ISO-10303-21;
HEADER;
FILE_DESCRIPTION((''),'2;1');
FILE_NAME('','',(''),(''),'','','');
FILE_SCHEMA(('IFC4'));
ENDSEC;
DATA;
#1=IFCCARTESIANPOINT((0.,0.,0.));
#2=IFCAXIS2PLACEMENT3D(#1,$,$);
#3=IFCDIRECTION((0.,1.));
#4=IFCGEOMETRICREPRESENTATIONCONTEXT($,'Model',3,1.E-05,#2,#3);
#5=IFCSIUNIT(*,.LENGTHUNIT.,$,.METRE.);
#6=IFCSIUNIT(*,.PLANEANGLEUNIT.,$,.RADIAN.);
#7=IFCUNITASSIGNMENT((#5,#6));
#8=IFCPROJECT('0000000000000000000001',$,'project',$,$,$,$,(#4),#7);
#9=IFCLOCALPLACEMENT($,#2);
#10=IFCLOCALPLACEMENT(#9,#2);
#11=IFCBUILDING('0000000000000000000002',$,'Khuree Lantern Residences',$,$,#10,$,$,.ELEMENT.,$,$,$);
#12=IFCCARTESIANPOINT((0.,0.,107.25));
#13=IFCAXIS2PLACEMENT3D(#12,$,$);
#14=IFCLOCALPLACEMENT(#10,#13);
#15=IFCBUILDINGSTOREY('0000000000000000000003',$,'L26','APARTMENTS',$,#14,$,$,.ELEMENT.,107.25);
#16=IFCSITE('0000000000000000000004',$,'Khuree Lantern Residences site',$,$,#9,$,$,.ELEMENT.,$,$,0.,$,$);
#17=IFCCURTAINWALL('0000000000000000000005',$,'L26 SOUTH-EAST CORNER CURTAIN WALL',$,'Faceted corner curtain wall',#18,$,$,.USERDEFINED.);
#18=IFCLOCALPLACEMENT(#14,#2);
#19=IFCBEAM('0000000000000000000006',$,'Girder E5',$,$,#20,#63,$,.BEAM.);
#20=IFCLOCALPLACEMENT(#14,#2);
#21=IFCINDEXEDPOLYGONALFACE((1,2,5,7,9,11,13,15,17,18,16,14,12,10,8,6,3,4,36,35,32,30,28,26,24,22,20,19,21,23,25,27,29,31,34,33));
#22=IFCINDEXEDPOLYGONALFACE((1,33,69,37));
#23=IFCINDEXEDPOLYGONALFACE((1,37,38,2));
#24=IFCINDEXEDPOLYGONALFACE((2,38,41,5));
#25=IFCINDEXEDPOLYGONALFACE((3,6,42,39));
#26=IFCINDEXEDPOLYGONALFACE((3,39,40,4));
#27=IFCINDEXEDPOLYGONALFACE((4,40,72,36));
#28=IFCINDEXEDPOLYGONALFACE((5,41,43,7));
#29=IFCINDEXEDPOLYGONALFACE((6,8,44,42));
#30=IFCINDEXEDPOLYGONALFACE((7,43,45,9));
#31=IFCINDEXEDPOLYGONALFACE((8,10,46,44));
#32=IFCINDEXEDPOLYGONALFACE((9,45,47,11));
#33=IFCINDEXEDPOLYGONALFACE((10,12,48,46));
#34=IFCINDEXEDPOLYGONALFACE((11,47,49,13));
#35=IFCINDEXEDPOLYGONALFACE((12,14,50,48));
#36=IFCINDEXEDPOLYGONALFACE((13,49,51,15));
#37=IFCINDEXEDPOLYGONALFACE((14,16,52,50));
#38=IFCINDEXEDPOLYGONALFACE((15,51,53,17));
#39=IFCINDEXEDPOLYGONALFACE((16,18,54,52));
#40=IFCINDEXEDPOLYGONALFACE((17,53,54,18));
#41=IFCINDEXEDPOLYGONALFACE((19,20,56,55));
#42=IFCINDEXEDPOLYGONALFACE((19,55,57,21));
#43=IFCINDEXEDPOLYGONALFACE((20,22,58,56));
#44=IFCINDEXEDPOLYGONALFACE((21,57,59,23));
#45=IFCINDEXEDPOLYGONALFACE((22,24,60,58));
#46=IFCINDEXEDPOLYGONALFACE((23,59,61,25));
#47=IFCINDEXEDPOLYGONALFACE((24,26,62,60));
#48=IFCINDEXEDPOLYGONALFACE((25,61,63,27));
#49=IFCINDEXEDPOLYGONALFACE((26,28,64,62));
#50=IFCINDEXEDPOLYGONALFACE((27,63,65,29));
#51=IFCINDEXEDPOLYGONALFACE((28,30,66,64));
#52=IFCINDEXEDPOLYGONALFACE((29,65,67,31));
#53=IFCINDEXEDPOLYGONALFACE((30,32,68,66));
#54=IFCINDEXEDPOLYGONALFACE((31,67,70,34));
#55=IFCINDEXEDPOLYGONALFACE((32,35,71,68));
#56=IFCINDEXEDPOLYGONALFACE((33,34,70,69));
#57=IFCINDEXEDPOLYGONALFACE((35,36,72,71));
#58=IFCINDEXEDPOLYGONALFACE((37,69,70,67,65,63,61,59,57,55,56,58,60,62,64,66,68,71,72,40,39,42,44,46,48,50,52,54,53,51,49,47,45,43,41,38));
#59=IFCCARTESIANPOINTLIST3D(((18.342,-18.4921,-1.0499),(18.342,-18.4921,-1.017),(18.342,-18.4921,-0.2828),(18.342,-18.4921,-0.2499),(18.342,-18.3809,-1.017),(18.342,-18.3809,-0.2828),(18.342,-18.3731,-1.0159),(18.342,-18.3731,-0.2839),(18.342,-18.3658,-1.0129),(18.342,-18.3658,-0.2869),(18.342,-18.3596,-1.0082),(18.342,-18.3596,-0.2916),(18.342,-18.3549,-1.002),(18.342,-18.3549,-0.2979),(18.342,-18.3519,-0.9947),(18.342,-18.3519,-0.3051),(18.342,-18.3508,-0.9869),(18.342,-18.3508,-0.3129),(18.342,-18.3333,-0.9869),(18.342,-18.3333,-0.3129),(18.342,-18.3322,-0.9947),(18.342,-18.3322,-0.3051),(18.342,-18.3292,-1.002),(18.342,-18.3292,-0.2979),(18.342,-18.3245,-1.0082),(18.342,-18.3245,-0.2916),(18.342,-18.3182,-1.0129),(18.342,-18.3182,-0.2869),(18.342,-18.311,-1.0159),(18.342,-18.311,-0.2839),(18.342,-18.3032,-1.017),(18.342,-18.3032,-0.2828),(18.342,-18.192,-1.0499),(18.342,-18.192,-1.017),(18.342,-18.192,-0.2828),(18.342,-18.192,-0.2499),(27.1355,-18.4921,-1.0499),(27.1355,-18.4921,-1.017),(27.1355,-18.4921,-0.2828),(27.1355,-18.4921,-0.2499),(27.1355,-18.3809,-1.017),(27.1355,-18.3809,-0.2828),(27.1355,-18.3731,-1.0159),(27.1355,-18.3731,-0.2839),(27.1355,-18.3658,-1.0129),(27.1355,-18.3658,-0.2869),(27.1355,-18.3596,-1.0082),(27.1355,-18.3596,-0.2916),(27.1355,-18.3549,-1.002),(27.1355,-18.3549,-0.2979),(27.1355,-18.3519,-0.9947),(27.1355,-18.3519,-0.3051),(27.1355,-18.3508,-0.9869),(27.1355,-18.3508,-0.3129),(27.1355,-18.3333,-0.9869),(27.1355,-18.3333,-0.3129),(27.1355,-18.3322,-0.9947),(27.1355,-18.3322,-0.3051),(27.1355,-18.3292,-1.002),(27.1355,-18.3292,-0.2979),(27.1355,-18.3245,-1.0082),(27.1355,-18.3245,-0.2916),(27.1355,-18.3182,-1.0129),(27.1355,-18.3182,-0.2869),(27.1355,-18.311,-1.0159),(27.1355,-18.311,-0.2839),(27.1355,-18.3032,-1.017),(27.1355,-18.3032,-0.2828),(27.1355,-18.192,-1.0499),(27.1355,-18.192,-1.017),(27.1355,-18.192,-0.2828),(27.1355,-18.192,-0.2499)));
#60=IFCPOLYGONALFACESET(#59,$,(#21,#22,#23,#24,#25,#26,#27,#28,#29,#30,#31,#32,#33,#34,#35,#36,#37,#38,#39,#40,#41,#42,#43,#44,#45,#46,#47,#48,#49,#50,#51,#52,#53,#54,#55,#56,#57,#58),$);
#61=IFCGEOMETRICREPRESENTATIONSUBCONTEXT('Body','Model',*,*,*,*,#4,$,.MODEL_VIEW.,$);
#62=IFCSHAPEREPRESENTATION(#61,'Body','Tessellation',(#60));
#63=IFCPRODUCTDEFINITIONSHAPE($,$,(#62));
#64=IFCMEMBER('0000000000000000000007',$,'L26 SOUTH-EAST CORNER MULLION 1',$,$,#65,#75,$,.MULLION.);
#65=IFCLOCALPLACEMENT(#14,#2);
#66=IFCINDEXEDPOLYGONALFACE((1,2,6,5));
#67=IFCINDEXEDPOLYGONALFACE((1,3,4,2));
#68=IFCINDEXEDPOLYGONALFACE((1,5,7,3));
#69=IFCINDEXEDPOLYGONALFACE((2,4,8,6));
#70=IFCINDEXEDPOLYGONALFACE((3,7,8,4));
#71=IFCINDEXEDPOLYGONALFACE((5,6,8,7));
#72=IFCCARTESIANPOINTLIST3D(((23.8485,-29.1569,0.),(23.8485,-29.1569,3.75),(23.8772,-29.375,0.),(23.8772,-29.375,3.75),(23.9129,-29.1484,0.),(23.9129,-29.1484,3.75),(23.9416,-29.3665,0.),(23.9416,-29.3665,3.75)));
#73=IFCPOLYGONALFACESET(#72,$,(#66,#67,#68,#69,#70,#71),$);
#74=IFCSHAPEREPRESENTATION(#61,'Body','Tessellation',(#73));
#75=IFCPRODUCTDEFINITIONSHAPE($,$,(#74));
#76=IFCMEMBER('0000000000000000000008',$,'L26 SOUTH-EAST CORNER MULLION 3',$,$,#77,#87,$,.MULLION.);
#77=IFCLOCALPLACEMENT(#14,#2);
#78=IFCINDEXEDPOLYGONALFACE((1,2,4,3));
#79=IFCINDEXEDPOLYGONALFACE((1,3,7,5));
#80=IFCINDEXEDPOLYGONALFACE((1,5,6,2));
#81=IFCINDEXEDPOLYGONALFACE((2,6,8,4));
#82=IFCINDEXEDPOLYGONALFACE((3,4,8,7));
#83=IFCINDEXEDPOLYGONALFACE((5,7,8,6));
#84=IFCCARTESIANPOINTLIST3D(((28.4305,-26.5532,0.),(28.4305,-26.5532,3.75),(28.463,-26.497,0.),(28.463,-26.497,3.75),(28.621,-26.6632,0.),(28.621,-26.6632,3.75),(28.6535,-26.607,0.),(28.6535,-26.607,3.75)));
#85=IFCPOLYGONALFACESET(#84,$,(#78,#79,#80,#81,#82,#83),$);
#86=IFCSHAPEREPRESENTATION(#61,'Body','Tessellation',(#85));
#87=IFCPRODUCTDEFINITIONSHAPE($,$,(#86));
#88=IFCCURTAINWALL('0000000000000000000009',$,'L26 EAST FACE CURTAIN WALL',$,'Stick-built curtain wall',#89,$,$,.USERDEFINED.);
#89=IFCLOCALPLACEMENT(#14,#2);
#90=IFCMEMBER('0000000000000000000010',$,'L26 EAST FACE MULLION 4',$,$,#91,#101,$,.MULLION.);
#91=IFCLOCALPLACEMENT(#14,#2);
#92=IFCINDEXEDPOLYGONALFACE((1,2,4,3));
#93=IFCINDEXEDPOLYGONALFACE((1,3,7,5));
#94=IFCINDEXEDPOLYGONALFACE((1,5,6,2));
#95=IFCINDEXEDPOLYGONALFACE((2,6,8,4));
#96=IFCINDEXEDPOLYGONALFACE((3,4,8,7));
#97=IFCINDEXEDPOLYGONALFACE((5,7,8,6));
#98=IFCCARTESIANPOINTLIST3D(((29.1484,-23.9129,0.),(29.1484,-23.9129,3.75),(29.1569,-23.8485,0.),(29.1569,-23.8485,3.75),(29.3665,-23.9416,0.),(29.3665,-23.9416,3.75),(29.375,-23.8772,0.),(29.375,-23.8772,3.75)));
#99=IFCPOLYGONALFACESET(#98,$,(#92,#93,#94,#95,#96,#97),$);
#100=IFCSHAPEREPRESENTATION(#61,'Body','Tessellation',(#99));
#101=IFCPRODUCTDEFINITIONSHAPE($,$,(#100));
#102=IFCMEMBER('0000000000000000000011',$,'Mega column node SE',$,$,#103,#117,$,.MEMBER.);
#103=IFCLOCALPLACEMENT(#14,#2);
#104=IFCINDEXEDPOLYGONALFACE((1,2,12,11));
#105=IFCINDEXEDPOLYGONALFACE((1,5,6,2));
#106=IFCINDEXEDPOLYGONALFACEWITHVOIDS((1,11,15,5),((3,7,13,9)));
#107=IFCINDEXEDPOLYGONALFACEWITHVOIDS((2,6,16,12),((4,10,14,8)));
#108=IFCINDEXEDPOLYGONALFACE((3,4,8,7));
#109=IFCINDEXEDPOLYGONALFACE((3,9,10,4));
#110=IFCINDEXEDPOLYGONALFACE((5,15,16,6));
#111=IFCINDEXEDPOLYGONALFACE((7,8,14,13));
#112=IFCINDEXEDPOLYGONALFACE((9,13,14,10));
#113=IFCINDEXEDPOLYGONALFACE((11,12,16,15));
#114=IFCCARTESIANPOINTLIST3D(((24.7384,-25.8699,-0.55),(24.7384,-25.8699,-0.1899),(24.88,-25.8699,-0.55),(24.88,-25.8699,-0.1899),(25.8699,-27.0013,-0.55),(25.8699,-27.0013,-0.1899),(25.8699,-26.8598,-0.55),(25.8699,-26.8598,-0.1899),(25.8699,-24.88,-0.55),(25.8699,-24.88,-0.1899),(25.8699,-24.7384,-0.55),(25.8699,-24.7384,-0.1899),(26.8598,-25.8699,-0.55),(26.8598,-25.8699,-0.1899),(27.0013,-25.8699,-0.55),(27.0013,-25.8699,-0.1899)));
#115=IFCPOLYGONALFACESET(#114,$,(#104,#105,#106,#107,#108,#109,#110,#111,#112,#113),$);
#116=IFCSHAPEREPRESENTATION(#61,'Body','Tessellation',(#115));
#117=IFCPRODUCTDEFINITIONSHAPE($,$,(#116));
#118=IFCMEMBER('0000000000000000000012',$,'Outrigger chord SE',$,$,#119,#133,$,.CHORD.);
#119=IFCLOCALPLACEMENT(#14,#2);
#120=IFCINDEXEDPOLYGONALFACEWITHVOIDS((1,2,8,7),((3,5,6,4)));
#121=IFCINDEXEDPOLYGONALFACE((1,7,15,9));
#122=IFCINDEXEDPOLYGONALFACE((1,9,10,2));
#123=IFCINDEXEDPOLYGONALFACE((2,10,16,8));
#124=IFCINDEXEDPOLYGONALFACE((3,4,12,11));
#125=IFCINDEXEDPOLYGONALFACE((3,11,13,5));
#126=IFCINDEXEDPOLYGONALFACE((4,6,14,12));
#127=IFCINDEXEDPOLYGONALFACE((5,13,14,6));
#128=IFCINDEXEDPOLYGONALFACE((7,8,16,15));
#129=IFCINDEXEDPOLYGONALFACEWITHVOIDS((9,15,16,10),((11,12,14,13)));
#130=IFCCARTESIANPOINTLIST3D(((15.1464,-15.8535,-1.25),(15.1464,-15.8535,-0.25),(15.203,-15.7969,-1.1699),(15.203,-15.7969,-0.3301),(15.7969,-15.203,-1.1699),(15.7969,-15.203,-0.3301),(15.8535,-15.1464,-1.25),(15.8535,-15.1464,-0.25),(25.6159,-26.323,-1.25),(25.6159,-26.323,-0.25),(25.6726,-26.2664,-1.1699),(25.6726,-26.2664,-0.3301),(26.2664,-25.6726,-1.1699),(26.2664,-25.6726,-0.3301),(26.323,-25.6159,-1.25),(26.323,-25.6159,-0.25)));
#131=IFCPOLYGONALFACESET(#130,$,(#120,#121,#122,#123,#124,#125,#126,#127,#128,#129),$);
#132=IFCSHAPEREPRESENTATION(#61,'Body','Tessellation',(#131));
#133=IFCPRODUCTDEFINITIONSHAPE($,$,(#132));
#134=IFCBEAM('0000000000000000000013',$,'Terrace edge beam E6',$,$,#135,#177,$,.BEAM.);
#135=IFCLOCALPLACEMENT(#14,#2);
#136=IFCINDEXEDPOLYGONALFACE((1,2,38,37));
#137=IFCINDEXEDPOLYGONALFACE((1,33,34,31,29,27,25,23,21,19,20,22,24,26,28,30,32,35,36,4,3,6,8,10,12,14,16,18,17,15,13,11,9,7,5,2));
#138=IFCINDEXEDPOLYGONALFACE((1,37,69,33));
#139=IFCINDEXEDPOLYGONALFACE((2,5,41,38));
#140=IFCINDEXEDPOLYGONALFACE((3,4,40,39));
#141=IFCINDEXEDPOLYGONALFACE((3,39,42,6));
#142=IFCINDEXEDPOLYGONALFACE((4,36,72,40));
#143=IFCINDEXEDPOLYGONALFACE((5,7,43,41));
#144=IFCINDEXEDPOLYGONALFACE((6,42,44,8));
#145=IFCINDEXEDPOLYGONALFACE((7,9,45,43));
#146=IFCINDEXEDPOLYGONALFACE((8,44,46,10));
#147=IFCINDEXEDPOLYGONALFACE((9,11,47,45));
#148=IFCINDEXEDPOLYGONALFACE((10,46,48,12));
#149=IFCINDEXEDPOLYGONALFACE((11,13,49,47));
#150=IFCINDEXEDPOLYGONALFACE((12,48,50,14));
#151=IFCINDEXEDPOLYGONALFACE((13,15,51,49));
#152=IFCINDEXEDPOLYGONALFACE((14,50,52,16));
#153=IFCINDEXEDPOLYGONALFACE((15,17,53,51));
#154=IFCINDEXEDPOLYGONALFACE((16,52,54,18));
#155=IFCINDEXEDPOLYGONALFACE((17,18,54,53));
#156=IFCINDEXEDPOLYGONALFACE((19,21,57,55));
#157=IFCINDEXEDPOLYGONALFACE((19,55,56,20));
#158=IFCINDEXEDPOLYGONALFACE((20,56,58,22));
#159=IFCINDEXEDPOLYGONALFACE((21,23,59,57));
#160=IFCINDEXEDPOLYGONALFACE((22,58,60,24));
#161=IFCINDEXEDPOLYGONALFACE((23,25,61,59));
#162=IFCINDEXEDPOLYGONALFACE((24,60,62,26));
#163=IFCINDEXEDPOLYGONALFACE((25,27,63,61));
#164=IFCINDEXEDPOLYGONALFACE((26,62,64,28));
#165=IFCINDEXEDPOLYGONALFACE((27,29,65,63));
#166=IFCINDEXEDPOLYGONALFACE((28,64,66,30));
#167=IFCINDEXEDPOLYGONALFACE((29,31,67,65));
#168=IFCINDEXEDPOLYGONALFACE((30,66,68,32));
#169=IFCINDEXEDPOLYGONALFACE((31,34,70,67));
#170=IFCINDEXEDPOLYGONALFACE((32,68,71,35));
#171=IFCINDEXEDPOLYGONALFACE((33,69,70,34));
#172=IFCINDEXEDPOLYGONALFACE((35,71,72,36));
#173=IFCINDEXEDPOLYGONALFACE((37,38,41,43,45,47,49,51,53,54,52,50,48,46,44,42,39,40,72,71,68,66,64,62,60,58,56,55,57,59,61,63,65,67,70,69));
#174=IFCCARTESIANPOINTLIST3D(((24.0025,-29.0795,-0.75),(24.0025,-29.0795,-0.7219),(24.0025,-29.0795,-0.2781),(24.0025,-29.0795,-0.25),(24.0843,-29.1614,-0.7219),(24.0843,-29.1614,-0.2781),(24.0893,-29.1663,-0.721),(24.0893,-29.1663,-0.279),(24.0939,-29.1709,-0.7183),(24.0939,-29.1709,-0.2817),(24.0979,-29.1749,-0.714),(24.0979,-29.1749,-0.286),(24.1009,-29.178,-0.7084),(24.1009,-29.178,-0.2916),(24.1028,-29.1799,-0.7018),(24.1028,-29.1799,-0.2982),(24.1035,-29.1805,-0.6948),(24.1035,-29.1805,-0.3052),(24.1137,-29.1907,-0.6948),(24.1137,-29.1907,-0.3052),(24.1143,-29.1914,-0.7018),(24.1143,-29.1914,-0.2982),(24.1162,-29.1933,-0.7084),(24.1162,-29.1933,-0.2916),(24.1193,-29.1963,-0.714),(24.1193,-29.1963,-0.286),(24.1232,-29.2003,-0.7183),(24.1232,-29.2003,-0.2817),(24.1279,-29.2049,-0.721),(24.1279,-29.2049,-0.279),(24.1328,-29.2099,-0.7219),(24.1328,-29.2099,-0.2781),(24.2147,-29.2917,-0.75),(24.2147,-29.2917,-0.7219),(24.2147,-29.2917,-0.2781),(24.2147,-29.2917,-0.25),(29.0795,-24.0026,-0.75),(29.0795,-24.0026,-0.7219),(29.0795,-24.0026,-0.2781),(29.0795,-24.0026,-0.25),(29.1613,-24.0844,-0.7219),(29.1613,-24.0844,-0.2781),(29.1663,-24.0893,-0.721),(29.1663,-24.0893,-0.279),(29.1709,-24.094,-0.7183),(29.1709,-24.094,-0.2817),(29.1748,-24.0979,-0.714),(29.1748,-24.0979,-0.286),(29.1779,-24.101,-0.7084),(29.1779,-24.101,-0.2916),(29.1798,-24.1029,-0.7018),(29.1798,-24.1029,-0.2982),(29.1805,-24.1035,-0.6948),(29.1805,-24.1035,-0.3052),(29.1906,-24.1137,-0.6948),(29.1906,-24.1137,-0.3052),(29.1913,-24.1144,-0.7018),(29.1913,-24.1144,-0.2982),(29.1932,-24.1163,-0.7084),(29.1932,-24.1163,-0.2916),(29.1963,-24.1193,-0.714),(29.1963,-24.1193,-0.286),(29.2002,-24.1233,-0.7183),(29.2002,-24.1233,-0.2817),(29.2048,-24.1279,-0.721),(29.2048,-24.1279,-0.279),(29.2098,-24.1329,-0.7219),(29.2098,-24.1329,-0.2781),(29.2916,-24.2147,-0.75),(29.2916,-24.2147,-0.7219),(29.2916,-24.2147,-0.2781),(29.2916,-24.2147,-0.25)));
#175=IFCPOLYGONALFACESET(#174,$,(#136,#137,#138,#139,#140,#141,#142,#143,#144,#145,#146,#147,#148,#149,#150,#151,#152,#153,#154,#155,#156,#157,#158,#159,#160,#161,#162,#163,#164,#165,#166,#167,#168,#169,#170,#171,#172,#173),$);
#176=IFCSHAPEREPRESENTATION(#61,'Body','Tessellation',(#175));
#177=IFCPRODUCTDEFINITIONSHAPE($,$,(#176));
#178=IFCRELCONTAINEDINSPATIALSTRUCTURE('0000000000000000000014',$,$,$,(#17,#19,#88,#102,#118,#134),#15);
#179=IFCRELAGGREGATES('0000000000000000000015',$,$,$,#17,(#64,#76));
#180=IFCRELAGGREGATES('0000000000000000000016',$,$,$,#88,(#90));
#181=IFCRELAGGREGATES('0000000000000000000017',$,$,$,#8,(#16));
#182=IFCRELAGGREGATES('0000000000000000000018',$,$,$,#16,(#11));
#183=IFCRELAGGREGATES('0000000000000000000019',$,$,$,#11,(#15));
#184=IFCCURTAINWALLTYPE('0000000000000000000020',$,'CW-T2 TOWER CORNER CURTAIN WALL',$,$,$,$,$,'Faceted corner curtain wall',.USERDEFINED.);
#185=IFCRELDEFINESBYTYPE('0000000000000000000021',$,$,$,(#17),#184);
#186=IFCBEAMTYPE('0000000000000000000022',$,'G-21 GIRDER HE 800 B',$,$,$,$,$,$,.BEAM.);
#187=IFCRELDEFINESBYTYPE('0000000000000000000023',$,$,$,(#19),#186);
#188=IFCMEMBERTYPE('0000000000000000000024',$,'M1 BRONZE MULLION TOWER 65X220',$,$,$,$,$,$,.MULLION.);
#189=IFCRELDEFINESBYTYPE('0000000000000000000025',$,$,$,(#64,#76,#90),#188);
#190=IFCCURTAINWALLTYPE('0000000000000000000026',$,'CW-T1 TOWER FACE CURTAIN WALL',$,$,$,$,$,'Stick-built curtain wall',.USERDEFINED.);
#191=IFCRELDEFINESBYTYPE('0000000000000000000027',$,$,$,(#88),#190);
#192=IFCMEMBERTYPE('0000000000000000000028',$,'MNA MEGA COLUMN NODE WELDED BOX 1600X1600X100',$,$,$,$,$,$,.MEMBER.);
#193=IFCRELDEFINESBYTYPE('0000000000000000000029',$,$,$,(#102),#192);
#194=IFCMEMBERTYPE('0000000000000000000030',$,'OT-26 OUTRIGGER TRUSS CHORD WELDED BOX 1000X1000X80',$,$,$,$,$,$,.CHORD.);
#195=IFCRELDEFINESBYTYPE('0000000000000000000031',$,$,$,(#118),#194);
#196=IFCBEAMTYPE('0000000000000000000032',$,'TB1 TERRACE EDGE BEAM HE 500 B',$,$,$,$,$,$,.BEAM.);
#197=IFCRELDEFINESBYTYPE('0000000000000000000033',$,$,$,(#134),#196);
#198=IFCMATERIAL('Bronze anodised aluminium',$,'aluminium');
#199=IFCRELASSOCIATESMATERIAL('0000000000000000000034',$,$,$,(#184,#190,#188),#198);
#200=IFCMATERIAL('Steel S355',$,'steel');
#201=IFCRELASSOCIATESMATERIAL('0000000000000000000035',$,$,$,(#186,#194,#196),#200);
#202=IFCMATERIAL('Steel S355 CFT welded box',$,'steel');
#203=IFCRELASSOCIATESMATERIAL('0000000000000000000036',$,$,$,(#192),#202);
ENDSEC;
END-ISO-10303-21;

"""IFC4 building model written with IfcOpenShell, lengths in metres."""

from ifc_helpers import new_model, si_unit, direction, frame, origin, origin_2d, place, context, subcontext, project, spatial, rectangle, hollow_rectangle, i_section, extrude, material, material_profile, profile_set, type_object, element, aggregate, save


model = new_model("IFC4")

# Units and contexts
model_context = context("Model", 3, precision=1e-05, world=origin(), true_north=direction((0.0, 1.0)))
body_context = subcontext(model_context, "Body", "Model", "MODEL_VIEW")
ifc_project = project(units=[si_unit("LENGTHUNIT", "METRE"), si_unit("PLANEANGLEUNIT", "RADIAN")], contexts=[model_context])

# Site, building, storey
site_placement = place(None, origin())
site = spatial("IfcSite", under=ifc_project, at=site_placement, Name="Khuree Lantern Residences site", CompositionType="ELEMENT", RefElevation=0.0)
building_placement = place(site_placement, origin())
building = spatial("IfcBuilding", under=site, at=building_placement, Name="Khuree Lantern Residences", CompositionType="ELEMENT")
storey_placement = place(building_placement, frame((0.0, 0.0, 107.25)))
storey = spatial("IfcBuildingStorey", under=building, at=storey_placement, Name="L26", Description="APARTMENTS", CompositionType="ELEMENT", Elevation=107.25)

# Shared definitions
ifc_material_1 = material(Name="Steel S355 CFT welded box", Category="steel")

# Shared definitions
ifc_material_2 = material(Name="Steel S355", Category="steel")

# Curtain wall
ifc_material_3 = material(Name="Bronze anodised aluminium", Category="aluminium")
curtain_wall_type_1 = type_object("IfcCurtainWallType", Name="CW-T2 TOWER CORNER CURTAIN WALL", ElementType="Faceted corner curtain wall", PredefinedType="USERDEFINED", material=ifc_material_3)
curtain_wall_1_placement = place(storey_placement, origin())
curtain_wall_1 = element("IfcCurtainWall", 1, at=curtain_wall_1_placement, inside=storey, type_object=curtain_wall_type_1, Name="L26 SOUTH-EAST CORNER CURTAIN WALL", ObjectType="Faceted corner curtain wall", PredefinedType="USERDEFINED")

# Beam
ifc_material_profile_1 = material_profile(ifc_material_2, i_section(OverallWidth=0.3, OverallDepth=0.8, WebThickness=0.0176, FlangeThickness=0.033, FilletRadius=0.03, at=origin_2d()), Name="HE 800 B")
ifc_profile_set_1 = profile_set([ifc_material_profile_1], Name="Steel S355")
beam_type_1 = type_object("IfcBeamType", Name="G-21 GIRDER HE 800 B", PredefinedType="BEAM", material=ifc_profile_set_1)
beam_1_placement = place(storey_placement, frame((27.1355, -18.342, -0.6499), z_axis=(-1.0, 0.0, 0.0), x_axis=(0.0, -1.0, 0.0)))
element("IfcBeam", 2, at=beam_1_placement, inside=storey, type_object=beam_type_1, Name="Girder E5", PredefinedType="BEAM", context=body_context, shape_type="SweptSolid", body=[
    extrude(i_section(OverallWidth=0.3, OverallDepth=0.8, WebThickness=0.0176, FlangeThickness=0.033, FilletRadius=0.03, at=origin_2d()), origin(), (0.0, 0.0, 1.0), 8.7935),
])

# Members
ifc_material_profile_2 = material_profile(ifc_material_3, rectangle(XDim=0.0649, YDim=0.22, at=origin_2d()), Name="M1 65X220")
ifc_profile_set_2 = profile_set([ifc_material_profile_2], Name="Bronze anodised aluminium")
member_type_1 = type_object("IfcMemberType", Name="M1 BRONZE MULLION TOWER 65X220", PredefinedType="MULLION", material=ifc_profile_set_2)
member_1_placement = place(storey_placement, frame((23.895, -29.2617, 0.0), z_axis=(0.0, 0.0, 1.0), x_axis=(0.991445, 0.130526, 0.0)))
member_1 = element("IfcMember", 3, at=member_1_placement, type_object=member_type_1, Name="L26 SOUTH-EAST CORNER MULLION 1", PredefinedType="MULLION", context=body_context, shape_type="SweptSolid", body=[
    extrude(rectangle(XDim=0.0649, YDim=0.22, at=origin_2d()), origin(), (0.0, 0.0, 1.0), 3.75),
])
member_2_placement = place(storey_placement, frame((28.542, -26.5801, 0.0), z_axis=(0.0, 0.0, 1.0), x_axis=(0.5, 0.866025, 0.0)))
member_2 = element("IfcMember", 4, at=member_2_placement, type_object=member_type_1, Name="L26 SOUTH-EAST CORNER MULLION 3", PredefinedType="MULLION", context=body_context, shape_type="SweptSolid", body=[
    extrude(rectangle(XDim=0.0649, YDim=0.22, at=origin_2d()), origin(), (0.0, 0.0, 1.0), 3.75),
])

# Curtain wall, member
curtain_wall_type_2 = type_object("IfcCurtainWallType", Name="CW-T1 TOWER FACE CURTAIN WALL", ElementType="Stick-built curtain wall", PredefinedType="USERDEFINED", material=ifc_material_3)
curtain_wall_2_placement = place(storey_placement, origin())
curtain_wall_2 = element("IfcCurtainWall", 5, at=curtain_wall_2_placement, inside=storey, type_object=curtain_wall_type_2, Name="L26 EAST FACE CURTAIN WALL", ObjectType="Stick-built curtain wall", PredefinedType="USERDEFINED")
member_3_placement = place(storey_placement, frame((29.2617, -23.895, 0.0), z_axis=(0.0, 0.0, 1.0), x_axis=(0.130526, 0.991445, 0.0)))
member_3 = element("IfcMember", 6, at=member_3_placement, type_object=member_type_1, Name="L26 EAST FACE MULLION 4", PredefinedType="MULLION", context=body_context, shape_type="SweptSolid", body=[
    extrude(rectangle(XDim=0.0649, YDim=0.22, at=origin_2d()), origin(), (0.0, 0.0, 1.0), 3.75),
])

# Members
ifc_material_profile_3 = material_profile(ifc_material_1, hollow_rectangle(XDim=1.6001, YDim=1.6001, WallThickness=0.1001, at=origin_2d()), Name="WELDED BOX 1600X1600X100")
ifc_profile_set_3 = profile_set([ifc_material_profile_3], Name="Steel S355 CFT welded box")
member_type_2 = type_object("IfcMemberType", Name="MNA MEGA COLUMN NODE WELDED BOX 1600X1600X100", PredefinedType="MEMBER", material=ifc_profile_set_3)
member_4_placement = place(storey_placement, frame((25.8699, -25.8699, -0.55), z_axis=(0.0, 0.0, 1.0), x_axis=(0.707107, 0.707107, 0.0)))
element("IfcMember", 7, at=member_4_placement, inside=storey, type_object=member_type_2, Name="Mega column node SE", PredefinedType="MEMBER", context=body_context, shape_type="SweptSolid", body=[
    extrude(hollow_rectangle(XDim=1.6001, YDim=1.6001, WallThickness=0.1001, at=origin_2d()), origin(), (0.0, 0.0, 1.0), 0.3601),
])
ifc_material_profile_4 = material_profile(ifc_material_2, hollow_rectangle(XDim=1.0, YDim=1.0, WallThickness=0.0801, at=origin_2d()), Name="WELDED BOX 1000X1000X80")
ifc_profile_set_4 = profile_set([ifc_material_profile_4], Name="Steel S355")
member_type_3 = type_object("IfcMemberType", Name="OT-26 OUTRIGGER TRUSS CHORD WELDED BOX 1000X1000X80", PredefinedType="CHORD", material=ifc_profile_set_4)
member_5_placement = place(storey_placement, frame((25.9695, -25.9695, -0.75), z_axis=(-0.707107, 0.707107, 0.0), x_axis=(-0.707107, -0.707107, 0.0)))
element("IfcMember", 8, at=member_5_placement, inside=storey, type_object=member_type_3, Name="Outrigger chord SE", PredefinedType="CHORD", context=body_context, shape_type="SweptSolid", body=[
    extrude(hollow_rectangle(XDim=1.0, YDim=1.0, WallThickness=0.0801, at=origin_2d()), origin(), (0.0, 0.0, 1.0), 14.8062),
])

# Beam
ifc_material_profile_5 = material_profile(ifc_material_2, i_section(OverallWidth=0.3, OverallDepth=0.5, WebThickness=0.0144, FlangeThickness=0.0281, FilletRadius=0.0271, at=origin_2d()), Name="HE 500 B")
ifc_profile_set_5 = profile_set([ifc_material_profile_5], Name="Steel S355")
beam_type_2 = type_object("IfcBeamType", Name="TB1 TERRACE EDGE BEAM HE 500 B", PredefinedType="BEAM", material=ifc_profile_set_5)
beam_2_placement = place(storey_placement, frame((29.1855, -24.1086, -0.5), z_axis=(-0.707107, -0.707107, 0.0), x_axis=(0.707107, -0.707107, 0.0)))
element("IfcBeam", 9, at=beam_2_placement, inside=storey, type_object=beam_type_2, Name="Terrace edge beam E6", PredefinedType="BEAM", context=body_context, shape_type="SweptSolid", body=[
    extrude(i_section(OverallWidth=0.3, OverallDepth=0.5, WebThickness=0.0144, FlangeThickness=0.0281, FilletRadius=0.0271, at=origin_2d()), origin(), (0.0, 0.0, 1.0), 7.1799),
])

aggregate(curtain_wall_1, [member_1, member_2])

aggregate(curtain_wall_2, [member_3])

save(model, "model.ifc")
